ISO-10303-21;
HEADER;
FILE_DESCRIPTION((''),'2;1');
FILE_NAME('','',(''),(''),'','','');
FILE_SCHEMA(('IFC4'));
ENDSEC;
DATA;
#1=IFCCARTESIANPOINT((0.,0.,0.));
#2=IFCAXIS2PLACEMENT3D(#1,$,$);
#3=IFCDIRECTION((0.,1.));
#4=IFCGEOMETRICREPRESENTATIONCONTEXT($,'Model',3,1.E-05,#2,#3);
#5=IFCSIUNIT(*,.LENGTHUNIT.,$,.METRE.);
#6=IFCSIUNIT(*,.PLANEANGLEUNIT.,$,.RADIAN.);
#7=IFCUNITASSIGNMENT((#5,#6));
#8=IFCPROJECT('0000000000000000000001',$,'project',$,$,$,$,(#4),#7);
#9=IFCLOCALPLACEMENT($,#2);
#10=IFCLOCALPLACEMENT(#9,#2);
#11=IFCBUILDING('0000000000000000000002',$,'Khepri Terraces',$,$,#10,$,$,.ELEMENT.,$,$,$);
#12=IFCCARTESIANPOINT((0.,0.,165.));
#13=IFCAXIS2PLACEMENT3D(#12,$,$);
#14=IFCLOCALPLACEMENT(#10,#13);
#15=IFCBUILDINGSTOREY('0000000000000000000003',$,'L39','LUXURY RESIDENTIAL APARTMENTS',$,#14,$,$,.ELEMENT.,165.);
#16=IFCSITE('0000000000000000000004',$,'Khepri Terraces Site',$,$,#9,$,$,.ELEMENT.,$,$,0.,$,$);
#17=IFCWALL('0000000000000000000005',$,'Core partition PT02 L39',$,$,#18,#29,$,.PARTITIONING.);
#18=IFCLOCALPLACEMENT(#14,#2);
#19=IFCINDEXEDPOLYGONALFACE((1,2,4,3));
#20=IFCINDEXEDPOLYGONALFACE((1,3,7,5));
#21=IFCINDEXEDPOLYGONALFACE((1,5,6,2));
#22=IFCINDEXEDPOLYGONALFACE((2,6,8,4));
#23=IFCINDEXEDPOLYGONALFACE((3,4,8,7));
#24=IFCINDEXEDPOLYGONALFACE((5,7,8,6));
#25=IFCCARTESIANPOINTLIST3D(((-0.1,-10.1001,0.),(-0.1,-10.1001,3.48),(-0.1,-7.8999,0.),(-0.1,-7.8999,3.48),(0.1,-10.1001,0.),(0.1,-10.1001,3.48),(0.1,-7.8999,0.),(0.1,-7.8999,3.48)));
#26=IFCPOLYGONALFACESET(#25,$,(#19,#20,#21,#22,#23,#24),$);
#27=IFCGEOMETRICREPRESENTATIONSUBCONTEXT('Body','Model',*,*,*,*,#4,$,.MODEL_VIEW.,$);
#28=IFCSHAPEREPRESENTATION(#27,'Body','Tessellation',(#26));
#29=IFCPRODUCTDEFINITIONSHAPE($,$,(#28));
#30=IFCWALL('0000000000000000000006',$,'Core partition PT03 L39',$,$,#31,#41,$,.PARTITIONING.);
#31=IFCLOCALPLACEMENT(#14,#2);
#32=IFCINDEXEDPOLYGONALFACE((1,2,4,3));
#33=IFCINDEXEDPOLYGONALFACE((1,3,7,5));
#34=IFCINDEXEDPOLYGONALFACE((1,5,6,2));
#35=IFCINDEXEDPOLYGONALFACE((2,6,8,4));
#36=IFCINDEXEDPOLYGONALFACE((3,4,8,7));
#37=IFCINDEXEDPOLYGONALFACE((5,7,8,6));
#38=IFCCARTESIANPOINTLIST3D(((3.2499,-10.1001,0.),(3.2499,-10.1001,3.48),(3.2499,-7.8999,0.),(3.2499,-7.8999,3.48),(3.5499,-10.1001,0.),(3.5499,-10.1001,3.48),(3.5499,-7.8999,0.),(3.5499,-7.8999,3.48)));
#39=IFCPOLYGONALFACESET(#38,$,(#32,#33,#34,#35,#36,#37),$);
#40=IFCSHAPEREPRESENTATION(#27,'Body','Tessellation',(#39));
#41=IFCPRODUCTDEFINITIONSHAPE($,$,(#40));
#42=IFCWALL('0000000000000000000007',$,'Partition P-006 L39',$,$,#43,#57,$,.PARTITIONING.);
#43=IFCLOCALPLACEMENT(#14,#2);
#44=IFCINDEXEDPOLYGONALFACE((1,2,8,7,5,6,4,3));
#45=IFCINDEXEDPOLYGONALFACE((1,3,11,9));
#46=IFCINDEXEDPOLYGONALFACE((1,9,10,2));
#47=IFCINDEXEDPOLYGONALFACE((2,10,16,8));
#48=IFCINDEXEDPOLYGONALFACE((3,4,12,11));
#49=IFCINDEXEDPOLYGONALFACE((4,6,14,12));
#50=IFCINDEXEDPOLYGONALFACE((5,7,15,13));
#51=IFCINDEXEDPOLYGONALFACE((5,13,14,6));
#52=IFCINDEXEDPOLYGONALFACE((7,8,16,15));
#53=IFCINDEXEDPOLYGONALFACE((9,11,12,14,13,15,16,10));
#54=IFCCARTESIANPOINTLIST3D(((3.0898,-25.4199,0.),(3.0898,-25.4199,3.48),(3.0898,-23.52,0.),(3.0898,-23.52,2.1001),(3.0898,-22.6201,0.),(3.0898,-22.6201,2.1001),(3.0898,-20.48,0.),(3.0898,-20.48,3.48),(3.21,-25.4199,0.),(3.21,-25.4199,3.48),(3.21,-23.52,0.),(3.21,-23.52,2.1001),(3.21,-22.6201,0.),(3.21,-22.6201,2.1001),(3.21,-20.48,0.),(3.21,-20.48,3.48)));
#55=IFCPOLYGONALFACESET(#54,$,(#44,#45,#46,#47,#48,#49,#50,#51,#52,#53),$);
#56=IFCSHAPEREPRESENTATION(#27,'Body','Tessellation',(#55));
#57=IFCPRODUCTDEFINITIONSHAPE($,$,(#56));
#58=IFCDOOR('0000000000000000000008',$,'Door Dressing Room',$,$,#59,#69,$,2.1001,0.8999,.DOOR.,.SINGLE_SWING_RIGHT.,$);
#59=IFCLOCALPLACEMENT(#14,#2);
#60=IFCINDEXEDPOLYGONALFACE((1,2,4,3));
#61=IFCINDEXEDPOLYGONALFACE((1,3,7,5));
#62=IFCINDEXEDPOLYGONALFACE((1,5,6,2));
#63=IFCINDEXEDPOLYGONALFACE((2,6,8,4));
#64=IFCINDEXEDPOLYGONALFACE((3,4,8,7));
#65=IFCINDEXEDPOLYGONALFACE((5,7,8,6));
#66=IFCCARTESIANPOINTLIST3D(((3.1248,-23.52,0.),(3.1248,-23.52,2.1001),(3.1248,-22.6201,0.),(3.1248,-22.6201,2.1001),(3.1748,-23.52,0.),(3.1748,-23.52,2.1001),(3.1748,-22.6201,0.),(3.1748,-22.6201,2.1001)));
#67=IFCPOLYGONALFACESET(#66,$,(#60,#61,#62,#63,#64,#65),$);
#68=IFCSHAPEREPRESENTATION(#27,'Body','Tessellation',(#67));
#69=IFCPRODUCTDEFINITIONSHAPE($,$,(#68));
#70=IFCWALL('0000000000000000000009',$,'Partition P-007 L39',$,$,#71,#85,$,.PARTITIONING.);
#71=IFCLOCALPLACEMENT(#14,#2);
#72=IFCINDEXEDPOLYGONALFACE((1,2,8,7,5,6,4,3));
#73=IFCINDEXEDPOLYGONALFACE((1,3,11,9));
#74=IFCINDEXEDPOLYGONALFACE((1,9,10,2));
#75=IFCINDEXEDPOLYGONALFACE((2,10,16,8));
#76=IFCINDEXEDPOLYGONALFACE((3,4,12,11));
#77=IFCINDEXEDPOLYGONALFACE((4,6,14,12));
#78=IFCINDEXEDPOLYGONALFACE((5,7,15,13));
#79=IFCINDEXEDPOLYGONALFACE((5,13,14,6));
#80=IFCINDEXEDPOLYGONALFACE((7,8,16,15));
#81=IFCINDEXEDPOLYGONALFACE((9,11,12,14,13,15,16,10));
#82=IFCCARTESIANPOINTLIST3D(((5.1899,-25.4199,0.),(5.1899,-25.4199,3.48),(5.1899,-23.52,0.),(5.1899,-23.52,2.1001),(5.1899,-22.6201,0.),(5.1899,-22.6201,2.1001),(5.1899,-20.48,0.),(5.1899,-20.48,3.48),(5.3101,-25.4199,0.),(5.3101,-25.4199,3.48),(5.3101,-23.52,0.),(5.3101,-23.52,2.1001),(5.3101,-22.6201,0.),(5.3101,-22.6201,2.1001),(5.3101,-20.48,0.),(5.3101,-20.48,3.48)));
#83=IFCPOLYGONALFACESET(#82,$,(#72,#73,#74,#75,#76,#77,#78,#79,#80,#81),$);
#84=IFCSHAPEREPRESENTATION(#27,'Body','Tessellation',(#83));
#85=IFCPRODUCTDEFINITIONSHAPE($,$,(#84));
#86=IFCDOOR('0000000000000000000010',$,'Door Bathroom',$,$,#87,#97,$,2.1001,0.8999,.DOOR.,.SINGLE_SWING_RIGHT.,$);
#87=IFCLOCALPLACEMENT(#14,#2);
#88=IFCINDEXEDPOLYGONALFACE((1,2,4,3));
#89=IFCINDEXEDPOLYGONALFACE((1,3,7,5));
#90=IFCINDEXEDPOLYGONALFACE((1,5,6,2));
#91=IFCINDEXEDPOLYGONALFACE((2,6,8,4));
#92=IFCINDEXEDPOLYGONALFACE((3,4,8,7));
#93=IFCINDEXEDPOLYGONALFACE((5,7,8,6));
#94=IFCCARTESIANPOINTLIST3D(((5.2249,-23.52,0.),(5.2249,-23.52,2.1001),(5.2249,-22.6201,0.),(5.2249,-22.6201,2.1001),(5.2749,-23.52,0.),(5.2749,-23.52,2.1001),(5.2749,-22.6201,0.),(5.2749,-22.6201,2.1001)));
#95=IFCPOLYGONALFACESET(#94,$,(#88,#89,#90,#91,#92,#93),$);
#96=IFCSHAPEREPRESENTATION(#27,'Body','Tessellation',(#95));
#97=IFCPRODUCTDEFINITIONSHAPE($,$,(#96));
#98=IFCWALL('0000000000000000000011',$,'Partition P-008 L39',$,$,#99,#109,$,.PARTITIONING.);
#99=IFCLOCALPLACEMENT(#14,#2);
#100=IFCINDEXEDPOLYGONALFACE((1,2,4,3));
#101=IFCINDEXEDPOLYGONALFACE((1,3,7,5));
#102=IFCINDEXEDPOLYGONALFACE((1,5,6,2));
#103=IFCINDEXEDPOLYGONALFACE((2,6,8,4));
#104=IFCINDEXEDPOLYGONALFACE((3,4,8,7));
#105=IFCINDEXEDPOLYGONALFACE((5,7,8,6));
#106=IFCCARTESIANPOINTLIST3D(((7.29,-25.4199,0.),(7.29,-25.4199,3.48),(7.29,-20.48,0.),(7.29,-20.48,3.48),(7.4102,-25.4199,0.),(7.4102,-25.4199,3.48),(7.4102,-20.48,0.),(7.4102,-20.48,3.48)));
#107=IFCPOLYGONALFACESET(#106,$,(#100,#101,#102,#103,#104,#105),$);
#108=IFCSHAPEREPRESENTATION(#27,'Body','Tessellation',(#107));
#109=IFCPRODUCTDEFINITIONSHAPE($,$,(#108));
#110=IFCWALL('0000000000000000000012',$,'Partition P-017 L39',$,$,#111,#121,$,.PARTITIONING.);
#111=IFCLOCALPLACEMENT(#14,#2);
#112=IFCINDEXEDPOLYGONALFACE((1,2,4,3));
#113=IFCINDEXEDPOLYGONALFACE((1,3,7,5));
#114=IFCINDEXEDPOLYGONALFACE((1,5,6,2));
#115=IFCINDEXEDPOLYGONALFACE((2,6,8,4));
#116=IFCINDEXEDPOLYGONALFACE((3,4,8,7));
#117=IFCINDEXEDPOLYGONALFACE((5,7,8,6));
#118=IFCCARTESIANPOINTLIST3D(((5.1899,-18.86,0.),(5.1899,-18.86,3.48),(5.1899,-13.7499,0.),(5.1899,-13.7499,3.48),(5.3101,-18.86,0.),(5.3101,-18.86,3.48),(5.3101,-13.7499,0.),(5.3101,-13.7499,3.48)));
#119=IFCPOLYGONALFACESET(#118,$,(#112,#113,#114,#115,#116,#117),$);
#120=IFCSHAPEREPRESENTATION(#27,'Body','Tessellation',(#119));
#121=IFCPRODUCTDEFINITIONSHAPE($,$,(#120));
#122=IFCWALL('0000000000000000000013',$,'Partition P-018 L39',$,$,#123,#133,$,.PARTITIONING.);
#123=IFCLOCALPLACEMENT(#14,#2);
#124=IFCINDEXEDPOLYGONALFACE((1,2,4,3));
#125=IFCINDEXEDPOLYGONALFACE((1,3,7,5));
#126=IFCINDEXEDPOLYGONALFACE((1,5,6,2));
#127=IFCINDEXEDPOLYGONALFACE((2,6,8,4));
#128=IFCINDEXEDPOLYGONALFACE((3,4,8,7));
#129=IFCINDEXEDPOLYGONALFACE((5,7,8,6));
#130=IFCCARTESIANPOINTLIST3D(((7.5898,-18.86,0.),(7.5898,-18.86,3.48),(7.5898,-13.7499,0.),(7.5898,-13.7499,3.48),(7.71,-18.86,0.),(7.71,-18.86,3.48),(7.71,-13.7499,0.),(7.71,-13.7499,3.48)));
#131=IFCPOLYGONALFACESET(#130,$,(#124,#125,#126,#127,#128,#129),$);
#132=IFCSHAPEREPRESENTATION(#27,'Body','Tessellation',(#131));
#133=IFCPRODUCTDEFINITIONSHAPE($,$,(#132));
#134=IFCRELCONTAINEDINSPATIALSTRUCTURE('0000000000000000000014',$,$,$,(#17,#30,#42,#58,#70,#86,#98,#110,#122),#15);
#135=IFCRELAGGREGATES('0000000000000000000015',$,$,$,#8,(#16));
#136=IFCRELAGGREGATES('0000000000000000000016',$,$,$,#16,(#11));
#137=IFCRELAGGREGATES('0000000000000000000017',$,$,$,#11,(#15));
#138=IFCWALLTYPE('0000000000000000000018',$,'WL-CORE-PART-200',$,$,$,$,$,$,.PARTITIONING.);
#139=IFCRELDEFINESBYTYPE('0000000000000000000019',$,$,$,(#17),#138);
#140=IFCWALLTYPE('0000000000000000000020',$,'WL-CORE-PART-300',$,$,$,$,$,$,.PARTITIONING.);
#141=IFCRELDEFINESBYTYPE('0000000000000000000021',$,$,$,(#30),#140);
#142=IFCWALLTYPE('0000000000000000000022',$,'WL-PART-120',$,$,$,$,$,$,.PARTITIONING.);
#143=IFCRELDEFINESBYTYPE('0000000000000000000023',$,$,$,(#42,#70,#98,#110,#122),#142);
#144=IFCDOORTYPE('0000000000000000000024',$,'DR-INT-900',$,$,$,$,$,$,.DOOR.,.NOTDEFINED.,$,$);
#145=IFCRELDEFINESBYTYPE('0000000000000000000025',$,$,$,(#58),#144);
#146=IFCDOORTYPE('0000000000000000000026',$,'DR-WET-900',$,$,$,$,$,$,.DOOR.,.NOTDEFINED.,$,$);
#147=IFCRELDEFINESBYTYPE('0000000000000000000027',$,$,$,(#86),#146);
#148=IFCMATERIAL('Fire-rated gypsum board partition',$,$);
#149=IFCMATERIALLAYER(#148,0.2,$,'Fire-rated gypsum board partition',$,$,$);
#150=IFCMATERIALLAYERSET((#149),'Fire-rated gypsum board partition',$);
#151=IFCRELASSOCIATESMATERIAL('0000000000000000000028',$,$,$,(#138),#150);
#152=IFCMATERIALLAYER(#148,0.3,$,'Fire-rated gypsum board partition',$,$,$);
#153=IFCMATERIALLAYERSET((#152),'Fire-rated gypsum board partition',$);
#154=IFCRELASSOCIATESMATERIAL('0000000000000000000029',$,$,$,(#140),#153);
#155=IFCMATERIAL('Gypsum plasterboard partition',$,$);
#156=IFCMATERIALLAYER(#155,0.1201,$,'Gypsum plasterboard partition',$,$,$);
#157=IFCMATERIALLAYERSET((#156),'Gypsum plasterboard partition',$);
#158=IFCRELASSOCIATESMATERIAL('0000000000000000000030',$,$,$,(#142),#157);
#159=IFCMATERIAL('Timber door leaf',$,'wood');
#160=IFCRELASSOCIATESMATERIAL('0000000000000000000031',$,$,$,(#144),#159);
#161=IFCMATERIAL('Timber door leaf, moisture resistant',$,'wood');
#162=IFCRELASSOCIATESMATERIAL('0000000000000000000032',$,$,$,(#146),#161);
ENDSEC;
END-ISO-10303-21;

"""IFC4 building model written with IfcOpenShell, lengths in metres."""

from ifc_helpers import new_model, si_unit, direction, frame, frame_2d, origin, place, context, subcontext, project, spatial, rectangle, extrude, material, layer, layer_set, type_object, element, fill, save


model = new_model("IFC4")

# Units and contexts
model_context = context("Model", 3, precision=1e-05, world=origin(), true_north=direction((0.0, 1.0)))
body_context = subcontext(model_context, "Body", "Model", "MODEL_VIEW")
ifc_project = project(units=[si_unit("LENGTHUNIT", "METRE"), si_unit("PLANEANGLEUNIT", "RADIAN")], contexts=[model_context])

# Site, building, storey
site_placement = place(None, origin())
site = spatial("IfcSite", under=ifc_project, at=site_placement, Name="Khepri Terraces Site", CompositionType="ELEMENT", RefElevation=0.0)
building_placement = place(site_placement, origin())
building = spatial("IfcBuilding", under=site, at=building_placement, Name="Khepri Terraces", CompositionType="ELEMENT")
storey_placement = place(building_placement, frame((0.0, 0.0, 165.0)))
storey = spatial("IfcBuildingStorey", under=building, at=storey_placement, Name="L39", Description="LUXURY RESIDENTIAL APARTMENTS", CompositionType="ELEMENT", Elevation=165.0)

# Walls
ifc_material_1 = material(Name="Fire-rated gypsum board partition")
ifc_layer_1 = layer(ifc_material_1, 0.2, Name="Fire-rated gypsum board partition")
ifc_layer_set_1 = layer_set([ifc_layer_1], Name="Fire-rated gypsum board partition")
wall_type_1 = type_object("IfcWallType", Name="WL-CORE-PART-200", PredefinedType="PARTITIONING", material=ifc_layer_set_1)
wall_1_placement = place(storey_placement, frame((0.0, -10.1001, 0.0), z_axis=(0.0, 0.0, 1.0), x_axis=(0.0, 1.0, 0.0)))
element("IfcWall", 1, at=wall_1_placement, inside=storey, type_object=wall_type_1, Name="Core partition PT02 L39", PredefinedType="PARTITIONING", context=body_context, shape_type="SweptSolid", body=[
    extrude(rectangle(XDim=2.2002, YDim=0.2, at=frame_2d((1.1001, 0.0))), origin(), (0.0, 0.0, 1.0), 3.48),
])
ifc_layer_2 = layer(ifc_material_1, 0.3, Name="Fire-rated gypsum board partition")
ifc_layer_set_2 = layer_set([ifc_layer_2], Name="Fire-rated gypsum board partition")
wall_type_2 = type_object("IfcWallType", Name="WL-CORE-PART-300", PredefinedType="PARTITIONING", material=ifc_layer_set_2)
wall_2_placement = place(storey_placement, frame((3.3999, -10.1001, 0.0), z_axis=(0.0, 0.0, 1.0), x_axis=(0.0, 1.0, 0.0)))
element("IfcWall", 2, at=wall_2_placement, inside=storey, type_object=wall_type_2, Name="Core partition PT03 L39", PredefinedType="PARTITIONING", context=body_context, shape_type="SweptSolid", body=[
    extrude(rectangle(XDim=2.2002, YDim=0.3, at=frame_2d((1.1001, 0.0))), origin(), (0.0, 0.0, 1.0), 3.48),
])

# Walls, openings, doors
ifc_material_2 = material(Name="Gypsum plasterboard partition")
ifc_layer_3 = layer(ifc_material_2, 0.1201, Name="Gypsum plasterboard partition")
ifc_layer_set_3 = layer_set([ifc_layer_3], Name="Gypsum plasterboard partition")
wall_type_3 = type_object("IfcWallType", Name="WL-PART-120", PredefinedType="PARTITIONING", material=ifc_layer_set_3)
wall_3_placement = place(storey_placement, frame((3.1499, -25.4199, 0.0), z_axis=(0.0, 0.0, 1.0), x_axis=(0.0, 1.0, 0.0)))
wall_3 = element("IfcWall", 3, at=wall_3_placement, inside=storey, type_object=wall_type_3, Name="Partition P-006 L39", PredefinedType="PARTITIONING", context=body_context, shape_type="SweptSolid", body=[
    extrude(rectangle(XDim=4.9399, YDim=0.1201, at=frame_2d((2.47, 0.0))), origin(), (0.0, 0.0, 1.0), 3.48),
])
opening_1_placement = place(wall_3_placement, frame((1.8999, 0.0, 0.0)))
opening_1 = element("IfcOpeningElement", 4, at=opening_1_placement, cuts=wall_3, PredefinedType="OPENING", context=body_context, shape_type="SweptSolid", body=[
    extrude(rectangle(XDim=0.8999, YDim=2.1001, at=frame_2d((0.45, 1.05))), frame((0.0, 0.0701, 0.0), z_axis=(0.0, -1.0, 0.0), x_axis=(1.0, 0.0, 0.0)), (0.0, 0.0, 1.0), 0.1401),
])
ifc_material_3 = material(Name="Timber door leaf", Category="wood")
door_type_1 = type_object("IfcDoorType", Name="DR-INT-900", OperationType="NOTDEFINED", PredefinedType="DOOR", material=ifc_material_3)
door_1_placement = place(opening_1_placement, frame((0.8999, 0.0, 0.0), z_axis=(0.0, 0.0, 1.0), x_axis=(-1.0, 0.0, 0.0)))
door_1 = element("IfcDoor", 5, at=door_1_placement, inside=storey, type_object=door_type_1, Name="Door Dressing Room", OperationType="SINGLE_SWING_RIGHT", OverallHeight=2.1001, OverallWidth=0.8999, PredefinedType="DOOR", context=body_context, shape_type="SweptSolid", body=[
    extrude(rectangle(XDim=0.8999, YDim=2.1001, at=frame_2d((0.45, 1.05))), frame((0.0, 0.0249, 0.0), z_axis=(0.0, -1.0, 0.0), x_axis=(1.0, 0.0, 0.0)), (0.0, 0.0, 1.0), 0.05),
])
fill(opening_1, door_1)
wall_4_placement = place(storey_placement, frame((5.25, -25.4199, 0.0), z_axis=(0.0, 0.0, 1.0), x_axis=(0.0, 1.0, 0.0)))
wall_4 = element("IfcWall", 6, at=wall_4_placement, inside=storey, type_object=wall_type_3, Name="Partition P-007 L39", PredefinedType="PARTITIONING", context=body_context, shape_type="SweptSolid", body=[
    extrude(rectangle(XDim=4.9399, YDim=0.1201, at=frame_2d((2.47, 0.0))), origin(), (0.0, 0.0, 1.0), 3.48),
])
opening_2_placement = place(wall_4_placement, frame((1.8999, 0.0, 0.0)))
opening_2 = element("IfcOpeningElement", 7, at=opening_2_placement, cuts=wall_4, PredefinedType="OPENING", context=body_context, shape_type="SweptSolid", body=[
    extrude(rectangle(XDim=0.8999, YDim=2.1001, at=frame_2d((0.45, 1.05))), frame((0.0, 0.0701, 0.0), z_axis=(0.0, -1.0, 0.0), x_axis=(1.0, 0.0, 0.0)), (0.0, 0.0, 1.0), 0.1401),
])
ifc_material_4 = material(Name="Timber door leaf, moisture resistant", Category="wood")
door_type_2 = type_object("IfcDoorType", Name="DR-WET-900", OperationType="NOTDEFINED", PredefinedType="DOOR", material=ifc_material_4)
door_2_placement = place(opening_2_placement, frame((0.8999, 0.0, 0.0), z_axis=(0.0, 0.0, 1.0), x_axis=(-1.0, 0.0, 0.0)))
door_2 = element("IfcDoor", 8, at=door_2_placement, inside=storey, type_object=door_type_2, Name="Door Bathroom", OperationType="SINGLE_SWING_RIGHT", OverallHeight=2.1001, OverallWidth=0.8999, PredefinedType="DOOR", context=body_context, shape_type="SweptSolid", body=[
    extrude(rectangle(XDim=0.8999, YDim=2.1001, at=frame_2d((0.45, 1.05))), frame((0.0, 0.0249, 0.0), z_axis=(0.0, -1.0, 0.0), x_axis=(1.0, 0.0, 0.0)), (0.0, 0.0, 1.0), 0.05),
])
fill(opening_2, door_2)

# Walls
wall_5_placement = place(storey_placement, frame((7.3501, -25.4199, 0.0), z_axis=(0.0, 0.0, 1.0), x_axis=(0.0, 1.0, 0.0)))
element("IfcWall", 9, at=wall_5_placement, inside=storey, type_object=wall_type_3, Name="Partition P-008 L39", PredefinedType="PARTITIONING", context=body_context, shape_type="SweptSolid", body=[
    extrude(rectangle(XDim=4.9399, YDim=0.1201, at=frame_2d((2.47, 0.0))), origin(), (0.0, 0.0, 1.0), 3.48),
])
for number, where, z_axis, x_axis, name in (
    (10, (5.25, -18.8601, 0.0), (0.0, 0.0, 1.0), (0.0, 1.0, 0.0), "Partition P-017 L39"),
    (11, (7.6499, -18.8601, 0.0), (0.0, 0.0, 1.0), (0.0, 1.0, 0.0), "Partition P-018 L39"),
):
    element("IfcWall", number, at=place(storey_placement, frame(where, z_axis=z_axis, x_axis=x_axis)), inside=storey, type_object=wall_type_3, Name=name, PredefinedType="PARTITIONING", context=body_context, shape_type="SweptSolid", body=[
        extrude(rectangle(XDim=5.1101, YDim=0.1201, at=frame_2d((2.5552, 0.0))), origin(), (0.0, 0.0, 1.0), 3.48),
    ])

save(model, "model.ifc")
